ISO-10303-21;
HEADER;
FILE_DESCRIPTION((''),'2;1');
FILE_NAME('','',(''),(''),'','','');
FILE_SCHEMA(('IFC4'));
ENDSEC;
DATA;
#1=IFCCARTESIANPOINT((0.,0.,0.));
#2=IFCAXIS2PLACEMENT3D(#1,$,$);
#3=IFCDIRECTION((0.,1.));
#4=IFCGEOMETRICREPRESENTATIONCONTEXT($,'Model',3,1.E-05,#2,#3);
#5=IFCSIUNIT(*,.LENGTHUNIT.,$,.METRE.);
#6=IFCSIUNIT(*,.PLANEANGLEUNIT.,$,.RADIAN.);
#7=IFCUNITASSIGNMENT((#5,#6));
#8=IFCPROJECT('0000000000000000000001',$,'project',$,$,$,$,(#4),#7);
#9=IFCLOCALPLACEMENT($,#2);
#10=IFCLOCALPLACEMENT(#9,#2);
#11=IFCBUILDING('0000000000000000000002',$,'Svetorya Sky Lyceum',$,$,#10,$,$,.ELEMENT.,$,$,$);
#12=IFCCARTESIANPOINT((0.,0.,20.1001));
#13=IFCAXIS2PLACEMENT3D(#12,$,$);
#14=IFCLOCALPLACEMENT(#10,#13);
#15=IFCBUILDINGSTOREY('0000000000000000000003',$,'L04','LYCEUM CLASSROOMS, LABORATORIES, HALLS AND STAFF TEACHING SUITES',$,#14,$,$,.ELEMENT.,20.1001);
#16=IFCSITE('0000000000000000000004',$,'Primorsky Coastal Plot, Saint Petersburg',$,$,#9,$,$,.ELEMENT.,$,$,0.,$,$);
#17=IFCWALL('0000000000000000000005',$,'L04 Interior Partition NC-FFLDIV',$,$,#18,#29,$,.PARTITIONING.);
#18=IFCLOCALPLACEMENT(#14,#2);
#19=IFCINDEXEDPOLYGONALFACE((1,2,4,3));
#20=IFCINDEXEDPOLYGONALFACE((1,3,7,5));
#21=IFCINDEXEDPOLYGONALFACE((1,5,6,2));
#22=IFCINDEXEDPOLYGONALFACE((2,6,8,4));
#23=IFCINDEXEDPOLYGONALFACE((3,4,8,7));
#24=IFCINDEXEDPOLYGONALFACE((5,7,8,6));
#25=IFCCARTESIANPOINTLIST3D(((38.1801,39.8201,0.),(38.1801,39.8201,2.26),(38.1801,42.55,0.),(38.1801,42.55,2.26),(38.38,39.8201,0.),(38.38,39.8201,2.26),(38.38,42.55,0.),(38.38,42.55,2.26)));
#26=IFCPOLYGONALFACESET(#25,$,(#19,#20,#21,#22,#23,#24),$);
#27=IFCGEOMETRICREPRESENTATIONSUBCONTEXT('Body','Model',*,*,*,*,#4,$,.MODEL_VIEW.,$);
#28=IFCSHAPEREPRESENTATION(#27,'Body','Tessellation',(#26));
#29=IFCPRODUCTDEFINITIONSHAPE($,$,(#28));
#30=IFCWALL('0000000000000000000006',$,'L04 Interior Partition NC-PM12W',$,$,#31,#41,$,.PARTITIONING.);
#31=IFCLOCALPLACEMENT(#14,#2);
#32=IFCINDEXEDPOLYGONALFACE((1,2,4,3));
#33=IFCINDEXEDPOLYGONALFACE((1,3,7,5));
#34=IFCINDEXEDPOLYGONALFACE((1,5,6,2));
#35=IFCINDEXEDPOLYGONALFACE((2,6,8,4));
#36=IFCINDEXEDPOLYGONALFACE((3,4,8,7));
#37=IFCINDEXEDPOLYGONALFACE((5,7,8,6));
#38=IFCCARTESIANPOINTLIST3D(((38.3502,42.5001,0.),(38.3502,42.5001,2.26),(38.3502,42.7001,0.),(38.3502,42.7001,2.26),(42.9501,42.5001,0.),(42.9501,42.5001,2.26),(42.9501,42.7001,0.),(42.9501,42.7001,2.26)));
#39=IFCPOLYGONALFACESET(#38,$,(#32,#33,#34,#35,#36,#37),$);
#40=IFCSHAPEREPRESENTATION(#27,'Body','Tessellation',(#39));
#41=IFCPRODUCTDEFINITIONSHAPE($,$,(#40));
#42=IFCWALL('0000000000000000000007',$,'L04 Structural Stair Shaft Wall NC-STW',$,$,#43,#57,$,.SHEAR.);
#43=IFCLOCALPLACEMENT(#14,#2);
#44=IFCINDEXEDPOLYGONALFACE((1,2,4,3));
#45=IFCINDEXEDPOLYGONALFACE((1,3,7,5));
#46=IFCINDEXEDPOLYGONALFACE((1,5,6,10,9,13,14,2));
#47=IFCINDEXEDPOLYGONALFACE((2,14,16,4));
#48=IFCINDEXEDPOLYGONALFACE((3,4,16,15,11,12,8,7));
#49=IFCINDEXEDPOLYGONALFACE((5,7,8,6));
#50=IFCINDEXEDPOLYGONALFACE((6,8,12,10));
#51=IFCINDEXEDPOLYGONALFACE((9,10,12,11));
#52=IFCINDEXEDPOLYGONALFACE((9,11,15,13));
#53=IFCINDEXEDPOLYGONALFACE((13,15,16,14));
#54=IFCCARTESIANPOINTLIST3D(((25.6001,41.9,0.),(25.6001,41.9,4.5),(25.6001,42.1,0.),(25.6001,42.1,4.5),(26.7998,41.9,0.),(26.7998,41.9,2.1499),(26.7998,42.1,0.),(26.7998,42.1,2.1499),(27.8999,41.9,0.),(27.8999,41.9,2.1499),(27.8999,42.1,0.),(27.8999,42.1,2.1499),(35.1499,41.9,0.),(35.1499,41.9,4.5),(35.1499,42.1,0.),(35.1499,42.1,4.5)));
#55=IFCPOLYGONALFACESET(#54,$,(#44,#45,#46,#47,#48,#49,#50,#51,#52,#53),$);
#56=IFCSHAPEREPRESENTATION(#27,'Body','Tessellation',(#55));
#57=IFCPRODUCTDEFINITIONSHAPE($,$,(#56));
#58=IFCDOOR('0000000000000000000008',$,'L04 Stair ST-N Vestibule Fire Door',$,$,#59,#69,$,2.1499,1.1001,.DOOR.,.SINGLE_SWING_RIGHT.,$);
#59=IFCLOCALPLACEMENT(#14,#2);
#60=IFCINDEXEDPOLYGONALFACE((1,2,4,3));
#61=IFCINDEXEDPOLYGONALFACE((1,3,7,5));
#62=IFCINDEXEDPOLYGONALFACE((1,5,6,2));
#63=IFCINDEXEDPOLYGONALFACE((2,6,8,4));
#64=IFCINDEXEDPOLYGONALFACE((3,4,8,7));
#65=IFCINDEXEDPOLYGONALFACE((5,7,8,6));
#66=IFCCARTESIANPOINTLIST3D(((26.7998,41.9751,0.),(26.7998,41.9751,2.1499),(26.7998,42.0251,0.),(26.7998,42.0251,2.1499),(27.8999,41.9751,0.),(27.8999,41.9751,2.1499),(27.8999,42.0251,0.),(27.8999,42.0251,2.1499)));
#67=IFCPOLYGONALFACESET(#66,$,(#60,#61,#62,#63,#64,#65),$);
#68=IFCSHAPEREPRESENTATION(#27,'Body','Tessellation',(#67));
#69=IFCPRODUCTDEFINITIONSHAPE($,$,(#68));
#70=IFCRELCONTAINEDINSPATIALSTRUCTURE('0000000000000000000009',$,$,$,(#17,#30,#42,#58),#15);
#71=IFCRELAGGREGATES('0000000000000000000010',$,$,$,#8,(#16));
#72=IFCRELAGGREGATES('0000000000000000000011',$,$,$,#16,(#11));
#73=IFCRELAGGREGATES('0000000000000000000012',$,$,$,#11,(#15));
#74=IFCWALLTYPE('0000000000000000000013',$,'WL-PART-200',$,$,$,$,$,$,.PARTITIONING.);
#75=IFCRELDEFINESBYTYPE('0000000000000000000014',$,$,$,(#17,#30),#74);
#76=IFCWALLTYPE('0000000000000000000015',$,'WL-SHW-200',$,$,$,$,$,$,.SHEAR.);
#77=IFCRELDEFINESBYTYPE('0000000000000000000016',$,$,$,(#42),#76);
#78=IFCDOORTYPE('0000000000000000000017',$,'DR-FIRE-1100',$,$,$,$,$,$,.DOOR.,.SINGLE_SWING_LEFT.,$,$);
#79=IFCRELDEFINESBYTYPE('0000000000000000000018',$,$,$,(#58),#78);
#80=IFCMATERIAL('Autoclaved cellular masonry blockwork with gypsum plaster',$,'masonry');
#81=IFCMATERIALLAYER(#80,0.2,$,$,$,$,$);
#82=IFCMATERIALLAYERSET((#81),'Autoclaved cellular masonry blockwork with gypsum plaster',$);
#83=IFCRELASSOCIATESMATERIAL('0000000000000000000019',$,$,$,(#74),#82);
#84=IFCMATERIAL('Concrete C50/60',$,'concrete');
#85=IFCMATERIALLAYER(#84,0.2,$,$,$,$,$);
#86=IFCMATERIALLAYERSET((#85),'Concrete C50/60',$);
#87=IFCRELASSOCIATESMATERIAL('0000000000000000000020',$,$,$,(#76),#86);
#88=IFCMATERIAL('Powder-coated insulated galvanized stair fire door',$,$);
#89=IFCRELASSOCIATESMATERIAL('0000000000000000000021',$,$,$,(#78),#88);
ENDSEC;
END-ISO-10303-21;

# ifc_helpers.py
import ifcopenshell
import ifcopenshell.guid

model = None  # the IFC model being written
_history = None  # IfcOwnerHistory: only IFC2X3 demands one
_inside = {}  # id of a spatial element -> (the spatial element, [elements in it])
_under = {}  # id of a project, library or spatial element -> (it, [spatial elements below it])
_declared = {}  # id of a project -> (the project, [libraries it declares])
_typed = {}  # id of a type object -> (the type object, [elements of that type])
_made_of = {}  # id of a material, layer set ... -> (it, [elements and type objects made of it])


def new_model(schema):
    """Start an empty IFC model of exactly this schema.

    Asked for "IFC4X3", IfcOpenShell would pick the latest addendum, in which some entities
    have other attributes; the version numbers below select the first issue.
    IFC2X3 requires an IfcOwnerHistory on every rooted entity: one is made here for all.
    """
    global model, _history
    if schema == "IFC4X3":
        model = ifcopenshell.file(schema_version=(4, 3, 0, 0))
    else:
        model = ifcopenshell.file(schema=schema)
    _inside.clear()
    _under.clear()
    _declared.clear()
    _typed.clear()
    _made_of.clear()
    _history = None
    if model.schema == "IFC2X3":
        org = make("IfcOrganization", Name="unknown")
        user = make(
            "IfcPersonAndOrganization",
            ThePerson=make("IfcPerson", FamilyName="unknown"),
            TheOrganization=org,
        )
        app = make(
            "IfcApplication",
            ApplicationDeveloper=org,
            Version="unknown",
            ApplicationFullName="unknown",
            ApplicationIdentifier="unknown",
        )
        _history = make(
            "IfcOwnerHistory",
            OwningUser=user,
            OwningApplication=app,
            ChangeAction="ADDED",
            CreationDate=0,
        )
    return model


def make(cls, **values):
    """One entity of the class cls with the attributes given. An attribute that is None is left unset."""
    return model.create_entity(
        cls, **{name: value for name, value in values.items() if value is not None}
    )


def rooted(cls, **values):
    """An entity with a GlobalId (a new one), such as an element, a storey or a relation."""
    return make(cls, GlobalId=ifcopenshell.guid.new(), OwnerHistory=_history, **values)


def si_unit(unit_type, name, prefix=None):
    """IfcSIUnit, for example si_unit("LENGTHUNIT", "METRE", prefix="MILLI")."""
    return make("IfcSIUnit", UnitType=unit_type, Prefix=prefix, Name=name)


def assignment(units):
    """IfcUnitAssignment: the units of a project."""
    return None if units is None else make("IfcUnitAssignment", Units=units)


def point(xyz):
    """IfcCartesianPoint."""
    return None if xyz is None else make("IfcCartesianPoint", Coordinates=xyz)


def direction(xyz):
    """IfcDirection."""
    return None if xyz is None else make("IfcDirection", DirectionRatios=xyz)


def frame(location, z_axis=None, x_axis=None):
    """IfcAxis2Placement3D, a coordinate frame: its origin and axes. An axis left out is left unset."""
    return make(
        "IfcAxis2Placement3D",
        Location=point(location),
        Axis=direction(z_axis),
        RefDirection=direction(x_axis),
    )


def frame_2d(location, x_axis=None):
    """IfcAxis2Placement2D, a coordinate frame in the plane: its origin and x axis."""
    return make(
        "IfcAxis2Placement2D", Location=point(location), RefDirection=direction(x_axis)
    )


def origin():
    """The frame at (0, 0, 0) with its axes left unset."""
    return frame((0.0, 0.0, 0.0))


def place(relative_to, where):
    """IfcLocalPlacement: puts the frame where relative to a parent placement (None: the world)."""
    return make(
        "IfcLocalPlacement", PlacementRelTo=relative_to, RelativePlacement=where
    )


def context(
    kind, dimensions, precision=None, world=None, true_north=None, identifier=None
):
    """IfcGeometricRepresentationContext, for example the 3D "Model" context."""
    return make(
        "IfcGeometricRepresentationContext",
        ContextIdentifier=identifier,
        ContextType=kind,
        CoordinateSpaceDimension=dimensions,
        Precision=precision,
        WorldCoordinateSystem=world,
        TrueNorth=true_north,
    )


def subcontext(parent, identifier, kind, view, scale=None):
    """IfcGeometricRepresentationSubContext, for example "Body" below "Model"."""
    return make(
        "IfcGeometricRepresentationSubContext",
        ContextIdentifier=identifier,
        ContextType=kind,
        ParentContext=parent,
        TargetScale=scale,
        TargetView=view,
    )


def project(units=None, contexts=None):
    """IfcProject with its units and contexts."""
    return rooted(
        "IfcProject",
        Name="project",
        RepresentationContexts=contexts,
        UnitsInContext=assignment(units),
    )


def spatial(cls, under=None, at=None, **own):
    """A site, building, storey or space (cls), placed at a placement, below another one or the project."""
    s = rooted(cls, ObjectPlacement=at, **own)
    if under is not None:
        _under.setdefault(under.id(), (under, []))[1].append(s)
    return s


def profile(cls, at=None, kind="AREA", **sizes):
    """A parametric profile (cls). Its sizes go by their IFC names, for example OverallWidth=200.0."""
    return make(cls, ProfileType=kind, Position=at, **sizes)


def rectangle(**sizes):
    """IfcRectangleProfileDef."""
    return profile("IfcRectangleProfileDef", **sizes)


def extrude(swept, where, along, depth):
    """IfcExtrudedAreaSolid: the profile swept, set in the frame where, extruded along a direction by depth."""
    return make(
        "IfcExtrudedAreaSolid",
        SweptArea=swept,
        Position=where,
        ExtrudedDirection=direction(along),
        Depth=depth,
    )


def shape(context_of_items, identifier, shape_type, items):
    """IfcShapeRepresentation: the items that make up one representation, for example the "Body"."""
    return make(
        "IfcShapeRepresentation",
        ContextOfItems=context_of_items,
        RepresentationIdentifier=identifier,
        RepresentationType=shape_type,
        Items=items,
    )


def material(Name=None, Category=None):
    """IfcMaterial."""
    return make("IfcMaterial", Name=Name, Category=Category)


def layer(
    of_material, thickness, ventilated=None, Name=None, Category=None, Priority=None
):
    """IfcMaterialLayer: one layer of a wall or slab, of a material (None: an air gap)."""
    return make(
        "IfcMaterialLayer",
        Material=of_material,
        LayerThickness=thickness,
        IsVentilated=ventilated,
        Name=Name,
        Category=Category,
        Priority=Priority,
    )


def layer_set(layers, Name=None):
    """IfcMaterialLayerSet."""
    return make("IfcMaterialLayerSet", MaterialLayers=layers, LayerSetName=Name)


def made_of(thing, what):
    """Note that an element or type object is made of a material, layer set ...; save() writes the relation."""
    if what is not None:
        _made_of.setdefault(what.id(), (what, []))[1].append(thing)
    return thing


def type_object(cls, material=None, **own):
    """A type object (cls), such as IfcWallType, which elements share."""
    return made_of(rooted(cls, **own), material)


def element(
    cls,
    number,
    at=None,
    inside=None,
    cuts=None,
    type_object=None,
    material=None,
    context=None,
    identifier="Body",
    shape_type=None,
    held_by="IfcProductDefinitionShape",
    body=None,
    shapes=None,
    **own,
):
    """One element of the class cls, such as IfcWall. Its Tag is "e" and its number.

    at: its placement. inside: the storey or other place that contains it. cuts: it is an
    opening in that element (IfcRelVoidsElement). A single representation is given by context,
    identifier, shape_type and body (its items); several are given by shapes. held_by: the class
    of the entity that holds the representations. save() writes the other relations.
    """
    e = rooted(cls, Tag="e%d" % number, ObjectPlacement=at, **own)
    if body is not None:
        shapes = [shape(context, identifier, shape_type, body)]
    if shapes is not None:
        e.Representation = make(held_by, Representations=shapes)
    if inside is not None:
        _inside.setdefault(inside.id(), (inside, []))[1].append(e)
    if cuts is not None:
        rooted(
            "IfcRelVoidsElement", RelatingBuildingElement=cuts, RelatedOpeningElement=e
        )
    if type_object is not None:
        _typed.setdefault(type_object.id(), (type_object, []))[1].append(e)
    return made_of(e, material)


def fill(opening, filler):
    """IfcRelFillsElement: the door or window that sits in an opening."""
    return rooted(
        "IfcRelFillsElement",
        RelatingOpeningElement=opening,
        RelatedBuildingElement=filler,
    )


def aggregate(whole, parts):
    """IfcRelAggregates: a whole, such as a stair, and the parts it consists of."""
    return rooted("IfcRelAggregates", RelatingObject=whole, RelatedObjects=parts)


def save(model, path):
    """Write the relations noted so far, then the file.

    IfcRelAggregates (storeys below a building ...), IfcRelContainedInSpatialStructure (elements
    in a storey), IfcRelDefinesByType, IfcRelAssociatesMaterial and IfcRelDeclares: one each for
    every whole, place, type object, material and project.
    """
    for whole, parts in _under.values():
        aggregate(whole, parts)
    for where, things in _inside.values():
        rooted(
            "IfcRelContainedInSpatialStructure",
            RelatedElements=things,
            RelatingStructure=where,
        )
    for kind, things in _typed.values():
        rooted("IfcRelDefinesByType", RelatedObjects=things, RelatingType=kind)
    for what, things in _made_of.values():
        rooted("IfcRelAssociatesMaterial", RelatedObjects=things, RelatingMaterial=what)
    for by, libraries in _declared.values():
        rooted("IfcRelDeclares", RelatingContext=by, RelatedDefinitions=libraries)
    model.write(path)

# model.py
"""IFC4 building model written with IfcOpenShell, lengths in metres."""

from ifc_helpers import new_model, si_unit, direction, frame, frame_2d, origin, place, context, subcontext, project, spatial, rectangle, extrude, material, layer, layer_set, type_object, element, fill, save


model = new_model("IFC4")

# Units and contexts
model_context = context("Model", 3, precision=1e-05, world=origin(), true_north=direction((0.0, 1.0)))
body_context = subcontext(model_context, "Body", "Model", "MODEL_VIEW")
ifc_project = project(units=[si_unit("LENGTHUNIT", "METRE"), si_unit("PLANEANGLEUNIT", "RADIAN")], contexts=[model_context])

# Site, building, storey
site_placement = place(None, origin())
site = spatial("IfcSite", under=ifc_project, at=site_placement, Name="Primorsky Coastal Plot, Saint Petersburg", CompositionType="ELEMENT", RefElevation=0.0)
building_placement = place(site_placement, origin())
building = spatial("IfcBuilding", under=site, at=building_placement, Name="Svetorya Sky Lyceum", CompositionType="ELEMENT")
storey_placement = place(building_placement, frame((0.0, 0.0, 20.1001)))
storey = spatial("IfcBuildingStorey", under=building, at=storey_placement, Name="L04", Description="LYCEUM CLASSROOMS, LABORATORIES, HALLS AND STAFF TEACHING SUITES", CompositionType="ELEMENT", Elevation=20.1001)

# Shared definitions
ifc_material_1 = material(Name="Autoclaved cellular masonry blockwork with gypsum plaster", Category="masonry")
ifc_layer_1 = layer(ifc_material_1, 0.2)
ifc_layer_set_1 = layer_set([ifc_layer_1], Name="Autoclaved cellular masonry blockwork with gypsum plaster")
wall_type_1 = type_object("IfcWallType", Name="WL-PART-200", PredefinedType="PARTITIONING", material=ifc_layer_set_1)

# Walls
wall_1_placement = place(storey_placement, frame((38.28, 39.8201, 0.0), z_axis=(0.0, 0.0, 1.0), x_axis=(0.0, 1.0, 0.0)))
element("IfcWall", 1, at=wall_1_placement, inside=storey, type_object=wall_type_1, Name="L04 Interior Partition NC-FFLDIV", PredefinedType="PARTITIONING", context=body_context, shape_type="SweptSolid", body=[
    extrude(rectangle(XDim=2.73, YDim=0.2, at=frame_2d((1.365, 0.0))), origin(), (0.0, 0.0, 1.0), 2.26),
])
wall_2_placement = place(storey_placement, frame((42.95, 42.6001, 0.0), z_axis=(0.0, 0.0, 1.0), x_axis=(-1.0, 0.0, 0.0)))
element("IfcWall", 2, at=wall_2_placement, inside=storey, type_object=wall_type_1, Name="L04 Interior Partition NC-PM12W", PredefinedType="PARTITIONING", context=body_context, shape_type="SweptSolid", body=[
    extrude(rectangle(XDim=4.5999, YDim=0.2, at=frame_2d((2.2998, 0.0))), origin(), (0.0, 0.0, 1.0), 2.26),
])

# Wall, opening, door
ifc_material_2 = material(Name="Concrete C50/60", Category="concrete")
ifc_layer_2 = layer(ifc_material_2, 0.2)
ifc_layer_set_2 = layer_set([ifc_layer_2], Name="Concrete C50/60")
wall_type_2 = type_object("IfcWallType", Name="WL-SHW-200", PredefinedType="SHEAR", material=ifc_layer_set_2)
wall_3_placement = place(storey_placement, frame((35.1499, 42.0, 0.0), z_axis=(0.0, 0.0, 1.0), x_axis=(-1.0, 0.0, 0.0)))
wall_3 = element("IfcWall", 3, at=wall_3_placement, inside=storey, type_object=wall_type_2, Name="L04 Structural Stair Shaft Wall NC-STW", PredefinedType="SHEAR", context=body_context, shape_type="SweptSolid", body=[
    extrude(rectangle(XDim=9.5498, YDim=0.2, at=frame_2d((4.7749, 0.0))), origin(), (0.0, 0.0, 1.0), 4.5),
])
opening_1_placement = place(wall_3_placement, frame((7.25, 0.0, 0.0)))
opening_1 = element("IfcOpeningElement", 4, at=opening_1_placement, cuts=wall_3, PredefinedType="OPENING", context=body_context, shape_type="SweptSolid", body=[
    extrude(rectangle(XDim=1.1001, YDim=2.1499, at=frame_2d((0.55, 1.075))), frame((0.0, 0.1099, 0.0), z_axis=(0.0, -1.0, 0.0), x_axis=(1.0, 0.0, 0.0)), (0.0, 0.0, 1.0), 0.22),
])
ifc_material_3 = material(Name="Powder-coated insulated galvanized stair fire door")
door_type_1 = type_object("IfcDoorType", Name="DR-FIRE-1100", OperationType="SINGLE_SWING_LEFT", PredefinedType="DOOR", material=ifc_material_3)
door_1_placement = place(opening_1_placement, origin())
door_1 = element("IfcDoor", 5, at=door_1_placement, inside=storey, type_object=door_type_1, Name="L04 Stair ST-N Vestibule Fire Door", OperationType="SINGLE_SWING_RIGHT", OverallHeight=2.1499, OverallWidth=1.1001, PredefinedType="DOOR", context=body_context, shape_type="SweptSolid", body=[
    extrude(rectangle(XDim=1.1001, YDim=2.1499, at=frame_2d((0.55, 1.075))), frame((0.0, 0.0249, 0.0), z_axis=(0.0, -1.0, 0.0), x_axis=(1.0, 0.0, 0.0)), (0.0, 0.0, 1.0), 0.05),
])
fill(opening_1, door_1)

save(model, "model.ifc")
